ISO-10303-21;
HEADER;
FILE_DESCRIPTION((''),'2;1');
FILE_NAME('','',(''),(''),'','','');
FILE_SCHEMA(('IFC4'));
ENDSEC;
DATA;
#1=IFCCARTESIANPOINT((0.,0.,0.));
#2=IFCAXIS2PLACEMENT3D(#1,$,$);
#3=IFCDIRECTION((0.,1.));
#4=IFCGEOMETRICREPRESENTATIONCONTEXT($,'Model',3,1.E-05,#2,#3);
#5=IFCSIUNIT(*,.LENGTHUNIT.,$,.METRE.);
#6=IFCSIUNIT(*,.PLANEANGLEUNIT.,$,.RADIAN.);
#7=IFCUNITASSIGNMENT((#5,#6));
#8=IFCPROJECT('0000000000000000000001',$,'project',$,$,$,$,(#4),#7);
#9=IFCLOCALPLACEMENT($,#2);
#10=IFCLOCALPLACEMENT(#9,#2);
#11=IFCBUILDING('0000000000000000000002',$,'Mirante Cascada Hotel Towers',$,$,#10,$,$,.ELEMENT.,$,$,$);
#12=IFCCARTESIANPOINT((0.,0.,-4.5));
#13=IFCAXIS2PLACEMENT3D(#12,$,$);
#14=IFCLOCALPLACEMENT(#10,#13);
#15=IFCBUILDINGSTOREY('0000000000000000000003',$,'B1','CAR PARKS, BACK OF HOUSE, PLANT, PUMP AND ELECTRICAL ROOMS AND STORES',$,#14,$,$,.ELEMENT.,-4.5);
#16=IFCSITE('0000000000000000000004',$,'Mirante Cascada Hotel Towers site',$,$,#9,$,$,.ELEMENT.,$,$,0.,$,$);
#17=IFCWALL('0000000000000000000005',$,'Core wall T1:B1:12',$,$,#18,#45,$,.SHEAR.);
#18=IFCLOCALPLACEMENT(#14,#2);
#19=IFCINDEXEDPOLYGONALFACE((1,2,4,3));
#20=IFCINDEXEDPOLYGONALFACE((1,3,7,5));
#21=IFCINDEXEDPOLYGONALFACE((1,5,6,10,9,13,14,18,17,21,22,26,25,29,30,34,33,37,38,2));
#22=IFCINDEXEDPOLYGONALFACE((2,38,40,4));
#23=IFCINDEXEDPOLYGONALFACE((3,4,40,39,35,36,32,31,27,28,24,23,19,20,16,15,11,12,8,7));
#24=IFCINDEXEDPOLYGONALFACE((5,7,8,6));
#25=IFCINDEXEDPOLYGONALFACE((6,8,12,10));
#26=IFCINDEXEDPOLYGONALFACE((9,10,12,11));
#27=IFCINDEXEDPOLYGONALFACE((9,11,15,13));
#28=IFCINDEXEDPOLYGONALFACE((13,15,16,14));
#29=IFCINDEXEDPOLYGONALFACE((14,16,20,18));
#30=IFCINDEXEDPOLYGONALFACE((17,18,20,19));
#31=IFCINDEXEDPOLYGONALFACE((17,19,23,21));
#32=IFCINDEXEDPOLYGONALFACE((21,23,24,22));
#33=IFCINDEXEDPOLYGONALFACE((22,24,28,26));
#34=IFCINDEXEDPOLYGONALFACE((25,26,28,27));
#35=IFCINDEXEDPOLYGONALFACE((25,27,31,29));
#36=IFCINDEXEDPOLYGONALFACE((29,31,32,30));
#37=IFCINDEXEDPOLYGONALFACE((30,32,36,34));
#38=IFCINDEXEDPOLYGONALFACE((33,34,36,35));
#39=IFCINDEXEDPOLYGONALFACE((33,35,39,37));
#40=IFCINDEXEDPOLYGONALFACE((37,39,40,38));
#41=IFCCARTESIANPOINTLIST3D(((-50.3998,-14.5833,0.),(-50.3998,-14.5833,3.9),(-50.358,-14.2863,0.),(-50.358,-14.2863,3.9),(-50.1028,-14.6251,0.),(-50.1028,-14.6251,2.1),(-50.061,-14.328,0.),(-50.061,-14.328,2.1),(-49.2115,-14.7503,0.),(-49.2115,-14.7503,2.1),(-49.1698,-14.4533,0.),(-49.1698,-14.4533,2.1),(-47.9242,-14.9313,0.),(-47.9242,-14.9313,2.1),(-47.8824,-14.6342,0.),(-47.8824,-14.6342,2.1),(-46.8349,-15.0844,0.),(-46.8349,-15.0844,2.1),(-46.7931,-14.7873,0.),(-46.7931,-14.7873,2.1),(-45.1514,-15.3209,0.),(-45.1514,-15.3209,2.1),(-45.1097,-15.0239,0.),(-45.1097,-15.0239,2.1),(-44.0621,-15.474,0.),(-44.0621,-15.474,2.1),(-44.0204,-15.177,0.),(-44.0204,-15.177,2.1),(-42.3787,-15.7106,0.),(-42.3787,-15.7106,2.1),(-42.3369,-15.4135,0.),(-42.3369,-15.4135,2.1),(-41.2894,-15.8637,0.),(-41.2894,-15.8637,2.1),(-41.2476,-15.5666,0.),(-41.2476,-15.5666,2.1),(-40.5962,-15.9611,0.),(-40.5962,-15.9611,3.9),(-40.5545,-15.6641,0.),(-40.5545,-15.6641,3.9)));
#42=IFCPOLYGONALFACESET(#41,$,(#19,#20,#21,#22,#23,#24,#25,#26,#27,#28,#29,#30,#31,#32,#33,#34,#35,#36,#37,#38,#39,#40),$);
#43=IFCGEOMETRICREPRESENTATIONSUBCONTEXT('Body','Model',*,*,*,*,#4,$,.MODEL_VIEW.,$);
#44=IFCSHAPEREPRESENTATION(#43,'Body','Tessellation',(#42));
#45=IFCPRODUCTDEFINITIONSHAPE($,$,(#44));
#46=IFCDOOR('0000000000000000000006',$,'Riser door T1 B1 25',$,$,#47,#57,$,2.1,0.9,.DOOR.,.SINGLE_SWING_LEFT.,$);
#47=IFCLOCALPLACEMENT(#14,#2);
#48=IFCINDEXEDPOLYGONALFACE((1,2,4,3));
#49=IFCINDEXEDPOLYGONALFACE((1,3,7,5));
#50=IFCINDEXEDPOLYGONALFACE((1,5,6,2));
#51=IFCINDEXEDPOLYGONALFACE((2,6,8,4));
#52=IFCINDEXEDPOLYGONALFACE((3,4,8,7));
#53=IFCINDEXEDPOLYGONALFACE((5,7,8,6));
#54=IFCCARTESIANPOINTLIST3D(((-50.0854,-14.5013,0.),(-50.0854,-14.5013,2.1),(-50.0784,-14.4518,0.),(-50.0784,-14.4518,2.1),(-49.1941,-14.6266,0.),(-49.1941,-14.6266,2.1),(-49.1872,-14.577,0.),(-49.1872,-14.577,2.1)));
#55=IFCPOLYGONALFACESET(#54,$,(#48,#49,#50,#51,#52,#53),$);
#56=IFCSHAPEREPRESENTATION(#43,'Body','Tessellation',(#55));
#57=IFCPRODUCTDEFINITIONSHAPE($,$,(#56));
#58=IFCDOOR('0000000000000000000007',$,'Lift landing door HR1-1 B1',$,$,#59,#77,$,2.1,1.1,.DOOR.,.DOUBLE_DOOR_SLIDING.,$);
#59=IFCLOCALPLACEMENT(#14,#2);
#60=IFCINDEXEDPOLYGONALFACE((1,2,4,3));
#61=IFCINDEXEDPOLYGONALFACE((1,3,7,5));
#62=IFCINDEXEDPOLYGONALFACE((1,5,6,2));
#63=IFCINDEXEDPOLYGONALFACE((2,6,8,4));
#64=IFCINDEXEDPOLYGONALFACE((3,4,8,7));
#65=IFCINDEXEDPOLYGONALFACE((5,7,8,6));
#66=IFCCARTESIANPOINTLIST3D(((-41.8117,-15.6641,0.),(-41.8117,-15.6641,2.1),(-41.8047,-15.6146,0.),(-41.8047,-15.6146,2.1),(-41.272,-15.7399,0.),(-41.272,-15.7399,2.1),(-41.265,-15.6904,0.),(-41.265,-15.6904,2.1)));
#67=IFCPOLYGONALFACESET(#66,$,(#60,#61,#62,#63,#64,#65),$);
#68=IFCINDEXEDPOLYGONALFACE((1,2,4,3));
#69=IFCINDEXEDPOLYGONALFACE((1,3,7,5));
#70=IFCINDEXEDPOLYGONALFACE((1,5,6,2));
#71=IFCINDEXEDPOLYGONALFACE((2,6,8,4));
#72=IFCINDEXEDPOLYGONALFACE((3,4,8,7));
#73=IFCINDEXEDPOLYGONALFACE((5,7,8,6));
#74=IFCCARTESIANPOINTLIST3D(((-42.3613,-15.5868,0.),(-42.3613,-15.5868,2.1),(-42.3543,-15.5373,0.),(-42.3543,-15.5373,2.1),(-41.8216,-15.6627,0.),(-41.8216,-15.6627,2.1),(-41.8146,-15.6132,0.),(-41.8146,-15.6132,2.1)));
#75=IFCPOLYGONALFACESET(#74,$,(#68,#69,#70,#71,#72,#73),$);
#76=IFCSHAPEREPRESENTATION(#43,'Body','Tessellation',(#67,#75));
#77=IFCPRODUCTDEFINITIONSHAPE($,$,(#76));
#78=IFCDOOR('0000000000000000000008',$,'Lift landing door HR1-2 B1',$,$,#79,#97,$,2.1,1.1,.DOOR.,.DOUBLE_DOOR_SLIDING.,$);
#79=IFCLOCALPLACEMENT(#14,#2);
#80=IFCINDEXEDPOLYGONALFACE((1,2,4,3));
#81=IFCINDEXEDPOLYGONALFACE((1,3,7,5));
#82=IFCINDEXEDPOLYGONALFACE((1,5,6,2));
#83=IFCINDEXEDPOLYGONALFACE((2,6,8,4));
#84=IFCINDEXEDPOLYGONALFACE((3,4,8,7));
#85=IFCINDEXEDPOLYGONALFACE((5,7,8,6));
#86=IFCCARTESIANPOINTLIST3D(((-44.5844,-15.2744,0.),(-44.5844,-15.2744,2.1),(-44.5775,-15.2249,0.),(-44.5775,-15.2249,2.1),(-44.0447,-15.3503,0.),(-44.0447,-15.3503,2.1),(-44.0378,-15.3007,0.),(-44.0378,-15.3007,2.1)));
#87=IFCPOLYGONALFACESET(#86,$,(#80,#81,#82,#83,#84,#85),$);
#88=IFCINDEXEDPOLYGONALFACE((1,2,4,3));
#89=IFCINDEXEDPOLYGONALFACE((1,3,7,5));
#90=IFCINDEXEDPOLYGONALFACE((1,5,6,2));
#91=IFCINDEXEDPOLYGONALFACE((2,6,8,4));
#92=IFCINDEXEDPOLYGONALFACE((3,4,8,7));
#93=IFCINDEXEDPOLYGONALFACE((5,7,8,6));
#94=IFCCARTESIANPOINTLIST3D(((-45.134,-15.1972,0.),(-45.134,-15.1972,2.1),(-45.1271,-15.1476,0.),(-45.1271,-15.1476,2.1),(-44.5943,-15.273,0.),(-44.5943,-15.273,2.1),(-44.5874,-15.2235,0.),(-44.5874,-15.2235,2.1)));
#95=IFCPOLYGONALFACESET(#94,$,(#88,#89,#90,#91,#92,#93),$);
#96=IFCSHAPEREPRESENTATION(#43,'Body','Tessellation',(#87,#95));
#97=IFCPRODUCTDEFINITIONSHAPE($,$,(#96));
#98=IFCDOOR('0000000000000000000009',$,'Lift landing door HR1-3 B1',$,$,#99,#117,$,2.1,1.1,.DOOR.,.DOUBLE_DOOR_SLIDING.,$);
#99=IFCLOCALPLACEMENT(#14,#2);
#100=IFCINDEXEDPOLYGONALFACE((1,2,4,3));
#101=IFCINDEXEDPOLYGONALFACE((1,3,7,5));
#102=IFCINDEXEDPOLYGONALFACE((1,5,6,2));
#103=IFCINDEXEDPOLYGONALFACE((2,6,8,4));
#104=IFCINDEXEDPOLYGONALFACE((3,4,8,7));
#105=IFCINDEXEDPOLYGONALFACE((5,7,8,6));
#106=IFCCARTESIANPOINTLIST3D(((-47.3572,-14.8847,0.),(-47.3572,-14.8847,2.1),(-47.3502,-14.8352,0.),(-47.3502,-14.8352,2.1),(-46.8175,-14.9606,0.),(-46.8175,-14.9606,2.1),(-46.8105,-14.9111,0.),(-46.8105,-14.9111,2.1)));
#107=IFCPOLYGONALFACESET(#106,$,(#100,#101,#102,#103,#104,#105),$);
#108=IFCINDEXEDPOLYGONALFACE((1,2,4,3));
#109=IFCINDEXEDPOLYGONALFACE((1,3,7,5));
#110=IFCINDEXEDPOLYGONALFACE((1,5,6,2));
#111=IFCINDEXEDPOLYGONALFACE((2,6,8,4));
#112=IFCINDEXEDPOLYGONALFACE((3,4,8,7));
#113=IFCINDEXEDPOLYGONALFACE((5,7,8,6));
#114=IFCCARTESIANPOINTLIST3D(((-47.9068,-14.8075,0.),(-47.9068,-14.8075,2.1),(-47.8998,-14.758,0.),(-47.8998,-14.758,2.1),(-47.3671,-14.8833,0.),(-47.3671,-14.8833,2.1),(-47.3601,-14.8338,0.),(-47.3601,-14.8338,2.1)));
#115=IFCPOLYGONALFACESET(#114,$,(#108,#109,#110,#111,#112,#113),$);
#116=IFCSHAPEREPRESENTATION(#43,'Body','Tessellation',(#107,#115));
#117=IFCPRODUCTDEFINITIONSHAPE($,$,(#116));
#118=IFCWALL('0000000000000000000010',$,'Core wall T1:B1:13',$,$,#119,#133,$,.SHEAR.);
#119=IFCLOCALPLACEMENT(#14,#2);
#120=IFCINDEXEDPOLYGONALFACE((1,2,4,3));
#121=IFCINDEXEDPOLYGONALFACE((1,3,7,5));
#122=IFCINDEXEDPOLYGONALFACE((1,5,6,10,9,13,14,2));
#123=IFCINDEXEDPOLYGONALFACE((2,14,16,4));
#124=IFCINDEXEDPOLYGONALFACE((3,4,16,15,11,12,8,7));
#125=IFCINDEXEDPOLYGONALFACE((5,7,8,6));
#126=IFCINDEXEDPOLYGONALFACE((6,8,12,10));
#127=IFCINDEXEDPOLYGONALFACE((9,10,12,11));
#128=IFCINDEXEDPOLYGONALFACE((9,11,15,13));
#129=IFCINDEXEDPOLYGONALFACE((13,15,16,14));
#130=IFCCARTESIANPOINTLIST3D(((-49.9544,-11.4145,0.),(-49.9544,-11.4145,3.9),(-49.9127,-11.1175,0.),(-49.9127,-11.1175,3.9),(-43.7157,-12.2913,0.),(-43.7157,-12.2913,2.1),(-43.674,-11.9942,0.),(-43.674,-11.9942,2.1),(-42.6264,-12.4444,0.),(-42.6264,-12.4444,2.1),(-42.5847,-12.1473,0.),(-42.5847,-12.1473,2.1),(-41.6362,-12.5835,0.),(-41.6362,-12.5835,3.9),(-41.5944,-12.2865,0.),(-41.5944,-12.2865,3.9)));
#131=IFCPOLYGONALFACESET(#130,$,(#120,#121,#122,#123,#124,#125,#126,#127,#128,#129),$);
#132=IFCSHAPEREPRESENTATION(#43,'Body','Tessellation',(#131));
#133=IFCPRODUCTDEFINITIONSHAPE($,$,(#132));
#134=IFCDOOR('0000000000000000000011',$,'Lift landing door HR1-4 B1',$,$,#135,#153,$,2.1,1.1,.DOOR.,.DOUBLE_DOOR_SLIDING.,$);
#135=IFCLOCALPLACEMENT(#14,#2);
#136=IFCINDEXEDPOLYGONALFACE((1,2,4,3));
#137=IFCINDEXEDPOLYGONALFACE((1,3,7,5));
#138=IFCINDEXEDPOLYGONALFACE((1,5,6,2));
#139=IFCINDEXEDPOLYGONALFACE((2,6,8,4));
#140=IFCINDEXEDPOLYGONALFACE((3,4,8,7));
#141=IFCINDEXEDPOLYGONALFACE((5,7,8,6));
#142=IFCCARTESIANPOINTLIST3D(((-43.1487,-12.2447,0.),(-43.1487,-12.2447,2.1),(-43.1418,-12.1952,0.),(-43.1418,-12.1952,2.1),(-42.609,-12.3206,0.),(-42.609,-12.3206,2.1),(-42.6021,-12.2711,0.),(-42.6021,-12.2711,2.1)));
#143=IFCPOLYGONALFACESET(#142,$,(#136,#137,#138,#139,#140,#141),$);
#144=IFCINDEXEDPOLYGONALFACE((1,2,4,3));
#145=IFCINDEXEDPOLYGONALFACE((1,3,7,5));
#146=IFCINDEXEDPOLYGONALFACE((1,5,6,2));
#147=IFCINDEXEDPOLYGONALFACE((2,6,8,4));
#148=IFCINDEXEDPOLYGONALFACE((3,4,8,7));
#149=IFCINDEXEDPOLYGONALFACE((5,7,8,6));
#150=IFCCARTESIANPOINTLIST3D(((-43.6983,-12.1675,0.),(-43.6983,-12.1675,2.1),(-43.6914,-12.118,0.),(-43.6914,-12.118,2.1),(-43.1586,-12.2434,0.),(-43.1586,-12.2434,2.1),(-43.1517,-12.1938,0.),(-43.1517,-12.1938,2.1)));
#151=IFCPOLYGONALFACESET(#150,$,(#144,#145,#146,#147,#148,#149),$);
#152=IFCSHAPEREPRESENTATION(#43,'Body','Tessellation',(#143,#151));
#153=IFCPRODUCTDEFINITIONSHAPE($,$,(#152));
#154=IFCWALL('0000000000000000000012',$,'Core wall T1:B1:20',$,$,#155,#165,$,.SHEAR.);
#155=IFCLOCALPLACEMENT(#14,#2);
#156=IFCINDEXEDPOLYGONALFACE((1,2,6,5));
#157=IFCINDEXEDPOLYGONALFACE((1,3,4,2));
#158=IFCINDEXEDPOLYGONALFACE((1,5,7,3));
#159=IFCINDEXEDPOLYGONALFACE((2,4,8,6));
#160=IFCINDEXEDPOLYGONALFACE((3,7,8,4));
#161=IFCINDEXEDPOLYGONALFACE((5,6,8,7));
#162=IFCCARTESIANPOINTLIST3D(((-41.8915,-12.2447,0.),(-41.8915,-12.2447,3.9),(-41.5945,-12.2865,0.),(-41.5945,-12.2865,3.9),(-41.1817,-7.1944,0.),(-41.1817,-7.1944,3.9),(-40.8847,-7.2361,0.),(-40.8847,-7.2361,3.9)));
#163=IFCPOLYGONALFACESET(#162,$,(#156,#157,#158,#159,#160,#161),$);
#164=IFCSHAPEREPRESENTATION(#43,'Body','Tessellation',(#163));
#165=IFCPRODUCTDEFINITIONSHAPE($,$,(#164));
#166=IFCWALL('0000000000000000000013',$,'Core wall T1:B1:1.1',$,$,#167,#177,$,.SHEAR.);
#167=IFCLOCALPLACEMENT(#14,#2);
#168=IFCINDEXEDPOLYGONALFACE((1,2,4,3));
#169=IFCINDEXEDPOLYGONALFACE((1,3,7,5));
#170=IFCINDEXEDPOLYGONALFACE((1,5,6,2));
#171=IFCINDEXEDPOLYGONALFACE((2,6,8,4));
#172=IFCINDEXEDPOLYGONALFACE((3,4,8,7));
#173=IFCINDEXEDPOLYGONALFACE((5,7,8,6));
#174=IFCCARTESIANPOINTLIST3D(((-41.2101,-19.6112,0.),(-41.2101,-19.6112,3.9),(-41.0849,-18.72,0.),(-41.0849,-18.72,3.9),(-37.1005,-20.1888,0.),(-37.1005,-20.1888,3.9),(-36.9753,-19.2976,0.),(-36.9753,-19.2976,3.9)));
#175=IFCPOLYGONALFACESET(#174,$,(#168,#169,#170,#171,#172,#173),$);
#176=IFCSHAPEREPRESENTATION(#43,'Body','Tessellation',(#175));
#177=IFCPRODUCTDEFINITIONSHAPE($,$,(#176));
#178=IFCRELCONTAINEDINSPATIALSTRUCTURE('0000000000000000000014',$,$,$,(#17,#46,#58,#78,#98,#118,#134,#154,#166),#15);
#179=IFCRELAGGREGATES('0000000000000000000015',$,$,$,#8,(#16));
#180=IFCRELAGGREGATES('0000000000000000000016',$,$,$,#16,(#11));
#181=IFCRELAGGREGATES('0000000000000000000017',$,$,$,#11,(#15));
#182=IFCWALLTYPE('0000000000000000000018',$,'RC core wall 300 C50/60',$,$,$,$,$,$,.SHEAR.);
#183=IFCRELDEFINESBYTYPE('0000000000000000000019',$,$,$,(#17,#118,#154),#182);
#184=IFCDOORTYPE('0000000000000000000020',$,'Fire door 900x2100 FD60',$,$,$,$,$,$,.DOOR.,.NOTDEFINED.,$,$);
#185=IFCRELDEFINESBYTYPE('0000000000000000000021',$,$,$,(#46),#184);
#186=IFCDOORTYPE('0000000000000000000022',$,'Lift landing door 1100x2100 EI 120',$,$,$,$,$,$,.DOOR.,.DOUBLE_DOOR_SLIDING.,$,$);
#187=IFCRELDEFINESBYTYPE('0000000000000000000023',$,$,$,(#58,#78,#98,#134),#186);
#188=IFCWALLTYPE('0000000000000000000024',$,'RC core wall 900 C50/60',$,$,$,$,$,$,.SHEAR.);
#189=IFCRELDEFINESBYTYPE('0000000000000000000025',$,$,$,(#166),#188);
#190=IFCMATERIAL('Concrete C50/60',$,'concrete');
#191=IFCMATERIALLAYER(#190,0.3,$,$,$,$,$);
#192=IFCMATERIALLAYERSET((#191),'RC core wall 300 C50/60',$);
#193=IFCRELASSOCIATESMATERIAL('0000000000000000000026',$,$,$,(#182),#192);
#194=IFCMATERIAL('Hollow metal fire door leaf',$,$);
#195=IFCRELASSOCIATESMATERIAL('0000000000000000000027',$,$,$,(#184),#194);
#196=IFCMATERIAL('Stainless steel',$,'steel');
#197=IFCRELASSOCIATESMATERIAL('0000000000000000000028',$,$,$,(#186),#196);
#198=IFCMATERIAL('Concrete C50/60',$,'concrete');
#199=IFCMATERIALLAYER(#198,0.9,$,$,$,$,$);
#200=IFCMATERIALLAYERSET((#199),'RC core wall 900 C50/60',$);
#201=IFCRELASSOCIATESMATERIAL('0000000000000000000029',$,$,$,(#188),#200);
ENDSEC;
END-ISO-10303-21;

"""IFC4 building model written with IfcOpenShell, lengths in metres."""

from ifc_helpers import new_model, si_unit, direction, frame, frame_2d, origin, place, context, subcontext, project, spatial, rectangle, extrude, material, layer, layer_set, type_object, element, fill, save


model = new_model("IFC4")

# Units and contexts
model_context = context("Model", 3, precision=1e-05, world=origin(), true_north=direction((0.0, 1.0)))
body_context = subcontext(model_context, "Body", "Model", "MODEL_VIEW")
ifc_project = project(units=[si_unit("LENGTHUNIT", "METRE"), si_unit("PLANEANGLEUNIT", "RADIAN")], contexts=[model_context])

# Site, building, storey
site_placement = place(None, origin())
site = spatial("IfcSite", under=ifc_project, at=site_placement, Name="Mirante Cascada Hotel Towers site", CompositionType="ELEMENT", RefElevation=0.0)
building_placement = place(site_placement, origin())
building = spatial("IfcBuilding", under=site, at=building_placement, Name="Mirante Cascada Hotel Towers", CompositionType="ELEMENT")
storey_placement = place(building_placement, frame((0.0, 0.0, -4.5)))
storey = spatial("IfcBuildingStorey", under=building, at=storey_placement, Name="B1", Description="CAR PARKS, BACK OF HOUSE, PLANT, PUMP AND ELECTRICAL ROOMS AND STORES", CompositionType="ELEMENT", Elevation=-4.5)

# Shared definitions
ifc_material_1 = material(Name="Concrete C50/60", Category="concrete")
ifc_layer_1 = layer(ifc_material_1, 0.3)
ifc_layer_set_1 = layer_set([ifc_layer_1], Name="RC core wall 300 C50/60")
wall_type_1 = type_object("IfcWallType", Name="RC core wall 300 C50/60", PredefinedType="SHEAR", material=ifc_layer_set_1)

# Wall, openings, doors
wall_1_placement = place(storey_placement, frame((-40.5753, -15.8126, 0.0), z_axis=(0.0, 0.0, 1.0), x_axis=(-0.990268, 0.139173, 0.0)))
wall_1 = element("IfcWall", 1, at=wall_1_placement, inside=storey, type_object=wall_type_1, Name="Core wall T1:B1:12", PredefinedType="SHEAR", context=body_context, shape_type="SweptSolid", body=[
    extrude(rectangle(XDim=9.8999, YDim=0.3, at=frame_2d((4.95, 0.0))), origin(), (0.0, 0.0, 1.0), 3.9),
])
opening_1_placement = place(wall_1_placement, frame((0.7, 0.0, 0.0)))
opening_1 = element("IfcOpeningElement", 2, at=opening_1_placement, cuts=wall_1, PredefinedType="OPENING", context=body_context, shape_type="SweptSolid", body=[
    extrude(rectangle(XDim=1.1, YDim=2.1, at=frame_2d((0.55, 1.05))), frame((0.0, 0.15, 0.0), z_axis=(0.0, -1.0, 0.0), x_axis=(1.0, 0.0, 0.0)), (0.0, 0.0, 1.0), 0.3),
])
opening_2_placement = place(wall_1_placement, frame((3.5, 0.0, 0.0)))
opening_2 = element("IfcOpeningElement", 3, at=opening_2_placement, cuts=wall_1, PredefinedType="OPENING", context=body_context, shape_type="SweptSolid", body=[
    extrude(rectangle(XDim=1.1, YDim=2.1, at=frame_2d((0.55, 1.05))), frame((0.0, 0.15, 0.0), z_axis=(0.0, -1.0, 0.0), x_axis=(1.0, 0.0, 0.0)), (0.0, 0.0, 1.0), 0.3),
])
opening_3_placement = place(wall_1_placement, frame((6.3, 0.0, 0.0)))
opening_3 = element("IfcOpeningElement", 4, at=opening_3_placement, cuts=wall_1, PredefinedType="OPENING", context=body_context, shape_type="SweptSolid", body=[
    extrude(rectangle(XDim=1.1, YDim=2.1, at=frame_2d((0.55, 1.05))), frame((0.0, 0.15, 0.0), z_axis=(0.0, -1.0, 0.0), x_axis=(1.0, 0.0, 0.0)), (0.0, 0.0, 1.0), 0.3),
])
opening_4_placement = place(wall_1_placement, frame((8.7, 0.0, 0.0)))
opening_4 = element("IfcOpeningElement", 5, at=opening_4_placement, cuts=wall_1, PredefinedType="OPENING", context=body_context, shape_type="SweptSolid", body=[
    extrude(rectangle(XDim=0.9, YDim=2.1, at=frame_2d((0.45, 1.05))), frame((0.0, 0.15, 0.0), z_axis=(0.0, -1.0, 0.0), x_axis=(1.0, 0.0, 0.0)), (0.0, 0.0, 1.0), 0.3),
])
ifc_material_2 = material(Name="Hollow metal fire door leaf")
door_type_1 = type_object("IfcDoorType", Name="Fire door 900x2100 FD60", OperationType="NOTDEFINED", PredefinedType="DOOR", material=ifc_material_2)
door_1_placement = place(opening_4_placement, origin())
door_1 = element("IfcDoor", 6, at=door_1_placement, inside=storey, type_object=door_type_1, Name="Riser door T1 B1 25", OperationType="SINGLE_SWING_LEFT", OverallHeight=2.1, OverallWidth=0.9, PredefinedType="DOOR", context=body_context, shape_type="SweptSolid", body=[
    extrude(rectangle(XDim=0.9, YDim=2.1, at=frame_2d((0.45, 1.05))), frame((0.0, 0.025, 0.0), z_axis=(0.0, -1.0, 0.0), x_axis=(1.0, 0.0, 0.0)), (0.0, 0.0, 1.0), 0.05),
])
fill(opening_4, door_1)
ifc_material_3 = material(Name="Stainless steel", Category="steel")
door_type_2 = type_object("IfcDoorType", Name="Lift landing door 1100x2100 EI 120", OperationType="DOUBLE_DOOR_SLIDING", PredefinedType="DOOR", material=ifc_material_3)
door_2_placement = place(opening_1_placement, origin())
door_2 = element("IfcDoor", 7, at=door_2_placement, inside=storey, type_object=door_type_2, Name="Lift landing door HR1-1 B1", OperationType="DOUBLE_DOOR_SLIDING", OverallHeight=2.1, OverallWidth=1.1, PredefinedType="DOOR", context=body_context, shape_type="SweptSolid", body=[
    extrude(rectangle(XDim=0.545, YDim=2.1, at=frame_2d((0.2725, 1.05))), frame((0.0, 0.025, 0.0), z_axis=(0.0, -1.0, 0.0), x_axis=(1.0, 0.0, 0.0)), (0.0, 0.0, 1.0), 0.05),
    extrude(rectangle(XDim=0.545, YDim=2.1, at=frame_2d((0.8275, 1.05))), frame((0.0, 0.025, 0.0), z_axis=(0.0, -1.0, 0.0), x_axis=(1.0, 0.0, 0.0)), (0.0, 0.0, 1.0), 0.05),
])
fill(opening_1, door_2)
door_3_placement = place(opening_2_placement, origin())
door_3 = element("IfcDoor", 8, at=door_3_placement, inside=storey, type_object=door_type_2, Name="Lift landing door HR1-2 B1", OperationType="DOUBLE_DOOR_SLIDING", OverallHeight=2.1, OverallWidth=1.1, PredefinedType="DOOR", context=body_context, shape_type="SweptSolid", body=[
    extrude(rectangle(XDim=0.545, YDim=2.1, at=frame_2d((0.2725, 1.05))), frame((0.0, 0.025, 0.0), z_axis=(0.0, -1.0, 0.0), x_axis=(1.0, 0.0, 0.0)), (0.0, 0.0, 1.0), 0.05),
    extrude(rectangle(XDim=0.545, YDim=2.1, at=frame_2d((0.8275, 1.05))), frame((0.0, 0.025, 0.0), z_axis=(0.0, -1.0, 0.0), x_axis=(1.0, 0.0, 0.0)), (0.0, 0.0, 1.0), 0.05),
])
fill(opening_2, door_3)
door_4_placement = place(opening_3_placement, origin())
door_4 = element("IfcDoor", 9, at=door_4_placement, inside=storey, type_object=door_type_2, Name="Lift landing door HR1-3 B1", OperationType="DOUBLE_DOOR_SLIDING", OverallHeight=2.1, OverallWidth=1.1, PredefinedType="DOOR", context=body_context, shape_type="SweptSolid", body=[
    extrude(rectangle(XDim=0.545, YDim=2.1, at=frame_2d((0.2725, 1.05))), frame((0.0, 0.025, 0.0), z_axis=(0.0, -1.0, 0.0), x_axis=(1.0, 0.0, 0.0)), (0.0, 0.0, 1.0), 0.05),
    extrude(rectangle(XDim=0.545, YDim=2.1, at=frame_2d((0.8275, 1.05))), frame((0.0, 0.025, 0.0), z_axis=(0.0, -1.0, 0.0), x_axis=(1.0, 0.0, 0.0)), (0.0, 0.0, 1.0), 0.05),
])
fill(opening_3, door_4)

# Wall, opening, door
wall_2_placement = place(storey_placement, frame((-41.6153, -12.435, 0.0), z_axis=(0.0, 0.0, 1.0), x_axis=(-0.990269, 0.139166, 0.0)))
wall_2 = element("IfcWall", 10, at=wall_2_placement, inside=storey, type_object=wall_type_1, Name="Core wall T1:B1:13", PredefinedType="SHEAR", context=body_context, shape_type="SweptSolid", body=[
    extrude(rectangle(XDim=8.4, YDim=0.3, at=frame_2d((4.2, 0.0))), origin(), (0.0, 0.0, 1.0), 3.9),
])
opening_5_placement = place(wall_2_placement, frame((1.0, 0.0, 0.0)))
opening_5 = element("IfcOpeningElement", 11, at=opening_5_placement, cuts=wall_2, PredefinedType="OPENING", context=body_context, shape_type="SweptSolid", body=[
    extrude(rectangle(XDim=1.1, YDim=2.1, at=frame_2d((0.55, 1.05))), frame((0.0, 0.15, 0.0), z_axis=(0.0, -1.0, 0.0), x_axis=(1.0, 0.0, 0.0)), (0.0, 0.0, 1.0), 0.3),
])
door_5_placement = place(opening_5_placement, origin())
door_5 = element("IfcDoor", 12, at=door_5_placement, inside=storey, type_object=door_type_2, Name="Lift landing door HR1-4 B1", OperationType="DOUBLE_DOOR_SLIDING", OverallHeight=2.1, OverallWidth=1.1, PredefinedType="DOOR", context=body_context, shape_type="SweptSolid", body=[
    extrude(rectangle(XDim=0.545, YDim=2.1, at=frame_2d((0.2725, 1.05))), frame((0.0, 0.025, 0.0), z_axis=(0.0, -1.0, 0.0), x_axis=(1.0, 0.0, 0.0)), (0.0, 0.0, 1.0), 0.05),
    extrude(rectangle(XDim=0.545, YDim=2.1, at=frame_2d((0.8275, 1.05))), frame((0.0, 0.025, 0.0), z_axis=(0.0, -1.0, 0.0), x_axis=(1.0, 0.0, 0.0)), (0.0, 0.0, 1.0), 0.05),
])
fill(opening_5, door_5)

# Walls
wall_3_placement = place(storey_placement, frame((-41.743, -12.2656, 0.0), z_axis=(0.0, 0.0, 1.0), x_axis=(0.139176, 0.990268, 0.0)))
element("IfcWall", 13, at=wall_3_placement, inside=storey, type_object=wall_type_1, Name="Core wall T1:B1:20", PredefinedType="SHEAR", context=body_context, shape_type="SweptSolid", body=[
    extrude(rectangle(XDim=5.1, YDim=0.3, at=frame_2d((2.55, 0.0))), origin(), (0.0, 0.0, 1.0), 3.9),
])
ifc_material_4 = material(Name="Concrete C50/60", Category="concrete")
ifc_layer_2 = layer(ifc_material_4, 0.9)
ifc_layer_set_2 = layer_set([ifc_layer_2], Name="RC core wall 900 C50/60")
wall_type_2 = type_object("IfcWallType", Name="RC core wall 900 C50/60", PredefinedType="SHEAR", material=ifc_layer_set_2)
wall_4_placement = place(storey_placement, frame((-37.0379, -19.7432, 0.0), z_axis=(0.0, 0.0, 1.0), x_axis=(-0.990267, 0.139181, 0.0)))
element("IfcWall", 14, at=wall_4_placement, inside=storey, type_object=wall_type_2, Name="Core wall T1:B1:1.1", PredefinedType="SHEAR", context=body_context, shape_type="SweptSolid", body=[
    extrude(rectangle(XDim=4.15, YDim=0.9, at=frame_2d((2.075, 0.0))), origin(), (0.0, 0.0, 1.0), 3.9),
])

save(model, "model.ifc")
